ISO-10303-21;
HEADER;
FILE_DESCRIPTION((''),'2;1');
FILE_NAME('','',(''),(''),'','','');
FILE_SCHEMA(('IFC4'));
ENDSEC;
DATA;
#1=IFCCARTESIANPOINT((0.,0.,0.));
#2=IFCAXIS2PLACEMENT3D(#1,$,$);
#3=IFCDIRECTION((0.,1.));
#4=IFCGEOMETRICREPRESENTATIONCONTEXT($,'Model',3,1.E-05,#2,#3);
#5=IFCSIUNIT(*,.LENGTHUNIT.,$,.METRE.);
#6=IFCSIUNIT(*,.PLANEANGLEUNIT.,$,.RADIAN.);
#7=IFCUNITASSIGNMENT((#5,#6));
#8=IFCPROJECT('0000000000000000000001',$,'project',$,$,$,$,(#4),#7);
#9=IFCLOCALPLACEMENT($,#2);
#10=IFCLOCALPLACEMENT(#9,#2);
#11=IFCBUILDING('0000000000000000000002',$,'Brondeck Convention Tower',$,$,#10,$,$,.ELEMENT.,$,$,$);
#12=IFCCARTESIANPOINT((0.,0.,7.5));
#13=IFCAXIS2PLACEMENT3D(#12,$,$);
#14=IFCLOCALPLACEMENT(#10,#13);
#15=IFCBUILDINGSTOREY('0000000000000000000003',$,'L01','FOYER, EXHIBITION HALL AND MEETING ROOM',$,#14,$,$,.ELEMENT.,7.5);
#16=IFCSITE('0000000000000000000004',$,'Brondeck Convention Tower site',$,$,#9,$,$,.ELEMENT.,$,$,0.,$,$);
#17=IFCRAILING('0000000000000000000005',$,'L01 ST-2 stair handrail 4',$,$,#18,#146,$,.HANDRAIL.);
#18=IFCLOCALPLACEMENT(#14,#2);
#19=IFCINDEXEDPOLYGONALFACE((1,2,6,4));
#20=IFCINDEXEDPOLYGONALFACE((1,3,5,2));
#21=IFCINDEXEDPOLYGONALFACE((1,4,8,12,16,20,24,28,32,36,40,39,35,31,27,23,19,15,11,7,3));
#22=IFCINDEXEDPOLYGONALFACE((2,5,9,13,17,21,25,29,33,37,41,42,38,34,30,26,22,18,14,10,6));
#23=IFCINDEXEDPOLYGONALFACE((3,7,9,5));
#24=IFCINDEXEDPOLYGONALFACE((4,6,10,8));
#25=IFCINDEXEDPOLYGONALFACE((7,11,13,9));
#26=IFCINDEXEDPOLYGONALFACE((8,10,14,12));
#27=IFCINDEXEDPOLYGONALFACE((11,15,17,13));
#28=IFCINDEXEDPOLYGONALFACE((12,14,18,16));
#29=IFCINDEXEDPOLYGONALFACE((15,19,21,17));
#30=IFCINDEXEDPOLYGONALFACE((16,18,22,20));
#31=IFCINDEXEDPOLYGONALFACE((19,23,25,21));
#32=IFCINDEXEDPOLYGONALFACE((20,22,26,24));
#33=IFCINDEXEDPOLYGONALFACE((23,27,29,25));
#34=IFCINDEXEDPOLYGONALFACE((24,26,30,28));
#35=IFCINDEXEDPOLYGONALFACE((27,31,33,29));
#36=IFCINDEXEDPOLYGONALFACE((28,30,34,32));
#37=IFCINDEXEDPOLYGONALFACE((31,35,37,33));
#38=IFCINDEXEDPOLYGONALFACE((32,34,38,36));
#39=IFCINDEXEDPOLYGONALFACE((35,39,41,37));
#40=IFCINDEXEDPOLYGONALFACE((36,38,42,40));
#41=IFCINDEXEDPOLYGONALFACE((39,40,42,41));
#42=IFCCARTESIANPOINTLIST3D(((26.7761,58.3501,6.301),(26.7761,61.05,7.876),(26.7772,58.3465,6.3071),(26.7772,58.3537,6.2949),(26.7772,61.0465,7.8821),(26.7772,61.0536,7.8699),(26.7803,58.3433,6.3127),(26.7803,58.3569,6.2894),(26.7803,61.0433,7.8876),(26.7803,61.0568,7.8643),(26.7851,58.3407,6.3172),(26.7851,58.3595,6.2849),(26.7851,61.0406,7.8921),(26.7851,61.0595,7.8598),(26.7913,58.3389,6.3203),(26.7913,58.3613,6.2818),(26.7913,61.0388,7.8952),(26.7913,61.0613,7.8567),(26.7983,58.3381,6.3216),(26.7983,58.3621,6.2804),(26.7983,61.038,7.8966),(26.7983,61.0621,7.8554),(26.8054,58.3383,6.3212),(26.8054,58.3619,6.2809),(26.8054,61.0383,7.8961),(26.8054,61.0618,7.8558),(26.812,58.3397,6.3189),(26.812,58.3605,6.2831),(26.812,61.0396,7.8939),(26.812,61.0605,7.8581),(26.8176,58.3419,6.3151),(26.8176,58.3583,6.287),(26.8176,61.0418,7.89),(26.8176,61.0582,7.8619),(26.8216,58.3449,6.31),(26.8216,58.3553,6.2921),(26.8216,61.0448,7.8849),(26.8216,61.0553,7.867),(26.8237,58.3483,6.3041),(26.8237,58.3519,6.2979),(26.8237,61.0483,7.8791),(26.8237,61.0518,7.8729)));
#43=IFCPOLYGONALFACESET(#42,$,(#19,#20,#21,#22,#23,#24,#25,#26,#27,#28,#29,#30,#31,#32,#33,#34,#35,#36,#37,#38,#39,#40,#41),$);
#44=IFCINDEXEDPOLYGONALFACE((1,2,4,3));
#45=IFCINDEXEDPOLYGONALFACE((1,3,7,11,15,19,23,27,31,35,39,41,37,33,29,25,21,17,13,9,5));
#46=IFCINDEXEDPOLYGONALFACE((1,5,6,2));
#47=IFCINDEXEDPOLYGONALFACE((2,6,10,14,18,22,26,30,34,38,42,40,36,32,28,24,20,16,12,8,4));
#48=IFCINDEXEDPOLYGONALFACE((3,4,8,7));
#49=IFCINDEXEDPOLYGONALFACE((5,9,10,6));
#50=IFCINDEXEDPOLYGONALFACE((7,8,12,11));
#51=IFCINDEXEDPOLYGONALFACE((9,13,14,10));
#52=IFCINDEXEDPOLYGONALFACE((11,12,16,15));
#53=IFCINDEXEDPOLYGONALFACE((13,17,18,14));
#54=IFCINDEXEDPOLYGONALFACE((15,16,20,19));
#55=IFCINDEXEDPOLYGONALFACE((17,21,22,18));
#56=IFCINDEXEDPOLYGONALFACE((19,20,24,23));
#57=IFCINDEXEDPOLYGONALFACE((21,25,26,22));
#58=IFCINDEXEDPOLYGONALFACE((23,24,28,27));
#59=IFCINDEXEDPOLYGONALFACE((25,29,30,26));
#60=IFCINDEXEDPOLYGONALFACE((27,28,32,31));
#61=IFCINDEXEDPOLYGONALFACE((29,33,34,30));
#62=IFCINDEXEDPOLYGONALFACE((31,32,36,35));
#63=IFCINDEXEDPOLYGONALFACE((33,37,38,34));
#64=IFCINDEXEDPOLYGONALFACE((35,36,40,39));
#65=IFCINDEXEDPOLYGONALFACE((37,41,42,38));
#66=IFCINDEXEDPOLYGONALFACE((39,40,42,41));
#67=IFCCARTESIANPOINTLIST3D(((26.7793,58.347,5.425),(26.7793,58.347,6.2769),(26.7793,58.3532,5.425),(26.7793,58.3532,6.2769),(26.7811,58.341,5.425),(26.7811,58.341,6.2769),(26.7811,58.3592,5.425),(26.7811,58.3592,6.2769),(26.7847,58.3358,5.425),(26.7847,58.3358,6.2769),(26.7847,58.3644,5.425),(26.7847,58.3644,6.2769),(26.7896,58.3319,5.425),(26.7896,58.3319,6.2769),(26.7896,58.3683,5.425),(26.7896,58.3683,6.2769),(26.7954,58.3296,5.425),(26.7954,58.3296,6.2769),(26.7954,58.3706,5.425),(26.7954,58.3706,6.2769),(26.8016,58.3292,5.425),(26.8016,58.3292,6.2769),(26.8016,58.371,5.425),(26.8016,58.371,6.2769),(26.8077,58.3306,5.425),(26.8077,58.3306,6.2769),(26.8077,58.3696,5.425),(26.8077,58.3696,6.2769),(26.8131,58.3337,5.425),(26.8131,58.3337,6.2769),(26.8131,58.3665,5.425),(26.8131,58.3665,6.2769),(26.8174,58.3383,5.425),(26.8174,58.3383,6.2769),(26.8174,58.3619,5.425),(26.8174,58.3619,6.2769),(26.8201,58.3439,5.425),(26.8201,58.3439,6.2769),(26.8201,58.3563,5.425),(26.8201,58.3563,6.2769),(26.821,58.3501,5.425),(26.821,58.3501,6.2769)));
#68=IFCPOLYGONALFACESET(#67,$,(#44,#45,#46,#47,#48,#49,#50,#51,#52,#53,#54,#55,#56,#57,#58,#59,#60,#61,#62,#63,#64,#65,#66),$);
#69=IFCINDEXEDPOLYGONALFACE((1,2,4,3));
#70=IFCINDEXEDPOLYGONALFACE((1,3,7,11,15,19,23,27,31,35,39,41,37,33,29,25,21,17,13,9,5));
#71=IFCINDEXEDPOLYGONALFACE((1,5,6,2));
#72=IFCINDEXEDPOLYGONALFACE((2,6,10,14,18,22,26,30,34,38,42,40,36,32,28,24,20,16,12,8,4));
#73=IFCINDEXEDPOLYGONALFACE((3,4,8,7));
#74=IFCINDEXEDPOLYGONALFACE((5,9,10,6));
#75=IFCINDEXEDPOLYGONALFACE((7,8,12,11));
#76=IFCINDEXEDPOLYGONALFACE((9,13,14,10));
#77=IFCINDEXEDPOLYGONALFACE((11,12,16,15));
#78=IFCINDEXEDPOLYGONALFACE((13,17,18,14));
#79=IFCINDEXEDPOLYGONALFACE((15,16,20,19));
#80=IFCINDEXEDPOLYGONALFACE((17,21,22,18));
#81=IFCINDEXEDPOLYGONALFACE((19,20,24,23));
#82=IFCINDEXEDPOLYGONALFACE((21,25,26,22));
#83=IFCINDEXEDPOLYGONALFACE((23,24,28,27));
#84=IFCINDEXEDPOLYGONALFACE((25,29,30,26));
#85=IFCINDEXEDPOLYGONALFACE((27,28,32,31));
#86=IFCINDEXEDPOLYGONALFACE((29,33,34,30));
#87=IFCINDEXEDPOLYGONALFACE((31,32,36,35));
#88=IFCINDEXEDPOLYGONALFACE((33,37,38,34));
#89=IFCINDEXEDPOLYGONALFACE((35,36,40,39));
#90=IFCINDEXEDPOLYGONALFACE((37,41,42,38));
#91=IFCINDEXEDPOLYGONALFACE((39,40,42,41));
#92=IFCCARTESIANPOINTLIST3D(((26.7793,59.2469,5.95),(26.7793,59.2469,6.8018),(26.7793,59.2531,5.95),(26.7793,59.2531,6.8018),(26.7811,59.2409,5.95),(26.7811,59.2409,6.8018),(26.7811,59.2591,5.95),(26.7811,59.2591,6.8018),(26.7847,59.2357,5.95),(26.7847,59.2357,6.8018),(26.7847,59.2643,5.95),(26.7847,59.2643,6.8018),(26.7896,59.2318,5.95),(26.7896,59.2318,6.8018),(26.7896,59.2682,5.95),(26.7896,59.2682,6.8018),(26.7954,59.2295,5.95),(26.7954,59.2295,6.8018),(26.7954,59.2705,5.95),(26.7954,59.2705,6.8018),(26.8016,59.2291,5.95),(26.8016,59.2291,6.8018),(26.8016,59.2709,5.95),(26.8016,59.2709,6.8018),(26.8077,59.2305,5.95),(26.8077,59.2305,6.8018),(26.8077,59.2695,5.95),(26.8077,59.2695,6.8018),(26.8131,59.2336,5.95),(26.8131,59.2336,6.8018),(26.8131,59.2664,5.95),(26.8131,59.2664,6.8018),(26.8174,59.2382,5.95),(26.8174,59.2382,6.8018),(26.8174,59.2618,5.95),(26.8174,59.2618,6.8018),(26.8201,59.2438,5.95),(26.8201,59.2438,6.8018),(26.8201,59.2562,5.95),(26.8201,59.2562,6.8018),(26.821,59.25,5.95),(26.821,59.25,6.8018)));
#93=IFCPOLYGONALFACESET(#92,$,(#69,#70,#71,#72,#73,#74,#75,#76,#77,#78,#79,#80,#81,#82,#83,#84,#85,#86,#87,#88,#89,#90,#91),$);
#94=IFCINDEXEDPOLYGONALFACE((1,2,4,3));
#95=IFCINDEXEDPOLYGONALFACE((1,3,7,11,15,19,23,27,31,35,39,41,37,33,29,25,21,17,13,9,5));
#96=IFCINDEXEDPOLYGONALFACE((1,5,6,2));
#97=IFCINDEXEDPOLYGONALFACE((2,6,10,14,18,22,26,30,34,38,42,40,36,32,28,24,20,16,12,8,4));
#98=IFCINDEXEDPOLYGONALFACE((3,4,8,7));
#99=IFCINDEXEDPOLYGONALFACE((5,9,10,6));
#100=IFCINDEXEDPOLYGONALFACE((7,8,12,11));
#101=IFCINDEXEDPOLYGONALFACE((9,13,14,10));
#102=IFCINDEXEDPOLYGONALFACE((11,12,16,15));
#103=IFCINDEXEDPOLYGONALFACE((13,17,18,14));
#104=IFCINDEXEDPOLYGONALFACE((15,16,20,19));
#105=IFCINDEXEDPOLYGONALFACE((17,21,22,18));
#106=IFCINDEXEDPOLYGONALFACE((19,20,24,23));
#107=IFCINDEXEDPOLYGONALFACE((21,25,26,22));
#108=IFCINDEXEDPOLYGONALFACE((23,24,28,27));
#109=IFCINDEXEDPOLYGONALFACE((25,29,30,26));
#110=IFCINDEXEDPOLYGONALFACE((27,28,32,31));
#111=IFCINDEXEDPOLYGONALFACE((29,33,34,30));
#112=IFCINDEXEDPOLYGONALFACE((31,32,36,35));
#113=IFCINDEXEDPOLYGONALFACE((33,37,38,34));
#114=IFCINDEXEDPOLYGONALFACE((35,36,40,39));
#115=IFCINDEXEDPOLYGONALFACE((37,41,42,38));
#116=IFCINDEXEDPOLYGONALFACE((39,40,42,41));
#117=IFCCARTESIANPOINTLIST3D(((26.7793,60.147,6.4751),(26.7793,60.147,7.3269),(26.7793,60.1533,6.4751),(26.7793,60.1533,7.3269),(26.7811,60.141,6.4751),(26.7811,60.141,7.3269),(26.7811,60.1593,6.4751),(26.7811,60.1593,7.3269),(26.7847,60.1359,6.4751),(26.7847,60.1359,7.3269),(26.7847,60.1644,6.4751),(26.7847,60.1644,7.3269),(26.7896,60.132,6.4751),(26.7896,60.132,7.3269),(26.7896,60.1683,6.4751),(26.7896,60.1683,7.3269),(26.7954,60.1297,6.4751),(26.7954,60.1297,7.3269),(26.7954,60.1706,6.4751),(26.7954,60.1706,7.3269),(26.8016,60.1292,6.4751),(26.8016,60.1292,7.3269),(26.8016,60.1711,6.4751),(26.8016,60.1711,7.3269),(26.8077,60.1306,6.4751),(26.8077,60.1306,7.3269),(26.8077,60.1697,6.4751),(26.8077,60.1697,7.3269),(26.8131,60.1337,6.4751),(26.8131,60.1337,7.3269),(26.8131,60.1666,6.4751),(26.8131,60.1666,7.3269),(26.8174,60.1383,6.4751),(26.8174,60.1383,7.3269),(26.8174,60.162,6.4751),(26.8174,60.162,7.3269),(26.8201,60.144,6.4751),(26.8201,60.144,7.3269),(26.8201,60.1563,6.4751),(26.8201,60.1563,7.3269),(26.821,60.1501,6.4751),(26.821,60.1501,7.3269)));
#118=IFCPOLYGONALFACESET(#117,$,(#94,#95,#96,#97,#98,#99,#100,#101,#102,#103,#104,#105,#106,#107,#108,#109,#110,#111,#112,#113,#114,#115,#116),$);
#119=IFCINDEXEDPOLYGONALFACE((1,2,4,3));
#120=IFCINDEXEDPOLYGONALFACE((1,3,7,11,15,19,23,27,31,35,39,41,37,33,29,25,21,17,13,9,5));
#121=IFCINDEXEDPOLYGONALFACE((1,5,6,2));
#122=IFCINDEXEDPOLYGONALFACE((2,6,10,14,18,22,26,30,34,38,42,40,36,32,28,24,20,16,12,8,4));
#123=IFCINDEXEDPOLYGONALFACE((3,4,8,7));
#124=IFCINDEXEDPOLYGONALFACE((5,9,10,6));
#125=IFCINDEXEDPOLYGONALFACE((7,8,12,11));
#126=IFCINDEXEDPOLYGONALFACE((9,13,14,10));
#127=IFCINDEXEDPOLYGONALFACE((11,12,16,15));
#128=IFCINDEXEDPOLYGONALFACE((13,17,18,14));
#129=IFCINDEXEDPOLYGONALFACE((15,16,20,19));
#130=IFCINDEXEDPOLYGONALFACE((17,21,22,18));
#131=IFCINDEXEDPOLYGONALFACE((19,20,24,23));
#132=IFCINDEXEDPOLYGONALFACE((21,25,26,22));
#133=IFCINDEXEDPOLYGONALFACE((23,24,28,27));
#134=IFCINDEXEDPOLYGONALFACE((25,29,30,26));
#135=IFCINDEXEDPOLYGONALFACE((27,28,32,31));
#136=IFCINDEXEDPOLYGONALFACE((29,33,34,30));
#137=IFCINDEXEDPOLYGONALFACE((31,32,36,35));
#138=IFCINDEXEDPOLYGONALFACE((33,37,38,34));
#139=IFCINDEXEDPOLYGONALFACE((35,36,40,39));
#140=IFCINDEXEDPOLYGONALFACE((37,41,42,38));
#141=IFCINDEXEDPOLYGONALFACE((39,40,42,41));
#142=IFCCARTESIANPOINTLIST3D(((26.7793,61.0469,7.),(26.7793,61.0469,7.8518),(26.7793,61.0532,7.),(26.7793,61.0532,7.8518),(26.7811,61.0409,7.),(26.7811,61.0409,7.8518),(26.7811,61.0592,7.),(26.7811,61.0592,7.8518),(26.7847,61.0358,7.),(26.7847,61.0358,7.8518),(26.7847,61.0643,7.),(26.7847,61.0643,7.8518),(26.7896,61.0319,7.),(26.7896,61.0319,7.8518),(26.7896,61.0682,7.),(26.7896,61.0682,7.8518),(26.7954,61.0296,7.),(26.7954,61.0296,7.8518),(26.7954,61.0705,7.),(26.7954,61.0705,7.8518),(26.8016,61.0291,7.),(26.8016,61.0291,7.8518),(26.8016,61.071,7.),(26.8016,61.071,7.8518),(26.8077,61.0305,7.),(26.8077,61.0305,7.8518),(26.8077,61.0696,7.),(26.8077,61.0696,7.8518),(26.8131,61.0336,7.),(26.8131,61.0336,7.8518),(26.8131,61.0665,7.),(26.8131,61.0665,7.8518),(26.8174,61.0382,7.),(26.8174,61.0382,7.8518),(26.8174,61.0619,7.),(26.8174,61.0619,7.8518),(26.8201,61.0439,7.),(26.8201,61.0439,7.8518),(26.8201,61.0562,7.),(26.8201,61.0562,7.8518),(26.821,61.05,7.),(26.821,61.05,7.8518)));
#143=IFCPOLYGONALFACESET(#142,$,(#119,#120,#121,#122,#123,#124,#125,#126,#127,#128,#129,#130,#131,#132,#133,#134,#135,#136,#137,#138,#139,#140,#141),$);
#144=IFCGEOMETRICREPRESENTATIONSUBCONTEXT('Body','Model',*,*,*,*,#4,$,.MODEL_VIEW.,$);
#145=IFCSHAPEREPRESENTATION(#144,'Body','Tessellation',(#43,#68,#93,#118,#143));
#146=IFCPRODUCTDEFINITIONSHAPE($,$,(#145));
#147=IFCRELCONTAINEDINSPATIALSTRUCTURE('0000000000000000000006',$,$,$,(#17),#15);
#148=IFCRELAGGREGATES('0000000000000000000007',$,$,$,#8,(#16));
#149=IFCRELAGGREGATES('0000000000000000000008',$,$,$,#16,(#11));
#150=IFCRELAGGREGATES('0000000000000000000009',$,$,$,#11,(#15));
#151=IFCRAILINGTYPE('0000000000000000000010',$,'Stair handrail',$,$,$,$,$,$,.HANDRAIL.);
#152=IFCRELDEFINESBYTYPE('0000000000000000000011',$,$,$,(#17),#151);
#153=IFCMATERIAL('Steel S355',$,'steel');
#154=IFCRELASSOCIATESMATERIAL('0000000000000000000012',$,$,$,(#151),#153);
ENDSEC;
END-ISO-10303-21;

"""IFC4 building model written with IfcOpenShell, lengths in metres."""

from ifc_helpers import new_model, si_unit, direction, frame, origin, origin_2d, place, context, subcontext, project, spatial, circle, extrude, material, type_object, element, save


model = new_model("IFC4")

# Units and contexts
model_context = context("Model", 3, precision=1e-05, world=origin(), true_north=direction((0.0, 1.0)))
body_context = subcontext(model_context, "Body", "Model", "MODEL_VIEW")
ifc_project = project(units=[si_unit("LENGTHUNIT", "METRE"), si_unit("PLANEANGLEUNIT", "RADIAN")], contexts=[model_context])

# Site, building, storey
site_placement = place(None, origin())
site = spatial("IfcSite", under=ifc_project, at=site_placement, Name="Brondeck Convention Tower site", CompositionType="ELEMENT", RefElevation=0.0)
building_placement = place(site_placement, origin())
building = spatial("IfcBuilding", under=site, at=building_placement, Name="Brondeck Convention Tower", CompositionType="ELEMENT")
storey_placement = place(building_placement, frame((0.0, 0.0, 7.5)))
storey = spatial("IfcBuildingStorey", under=building, at=storey_placement, Name="L01", Description="FOYER, EXHIBITION HALL AND MEETING ROOM", CompositionType="ELEMENT", Elevation=7.5)

# Shared definitions
ifc_material_1 = material(Name="Steel S355", Category="steel")

# Railing
railing_type_1 = type_object("IfcRailingType", Name="Stair handrail", PredefinedType="HANDRAIL", material=ifc_material_1)
railing_1_placement = place(storey_placement, frame((26.8, 58.3501, 5.425)))
element("IfcRailing", 1, at=railing_1_placement, inside=storey, type_object=railing_type_1, Name="L01 ST-2 stair handrail 4", PredefinedType="HANDRAIL", context=body_context, shape_type="SweptSolid", body=[
    extrude(circle(Radius=0.0239, at=origin_2d()), frame((0.0, 0.0, 0.876), z_axis=(0.0, 0.863782, 0.503866), x_axis=(-1.0, 0.0, 0.0)), (0.0, 0.0, 1.0), 3.1257),
    extrude(circle(Radius=0.021, at=origin_2d()), origin(), (0.0, 0.0, 1.0), 0.8518),
    extrude(circle(Radius=0.021, at=origin_2d()), frame((0.0, 0.8999, 0.5249)), (0.0, 0.0, 1.0), 0.8518),
    extrude(circle(Radius=0.021, at=origin_2d()), frame((0.0, 1.8, 1.05)), (0.0, 0.0, 1.0), 0.8518),
    extrude(circle(Radius=0.021, at=origin_2d()), frame((0.0, 2.7, 1.575)), (0.0, 0.0, 1.0), 0.8518),
])

save(model, "model.ifc")
